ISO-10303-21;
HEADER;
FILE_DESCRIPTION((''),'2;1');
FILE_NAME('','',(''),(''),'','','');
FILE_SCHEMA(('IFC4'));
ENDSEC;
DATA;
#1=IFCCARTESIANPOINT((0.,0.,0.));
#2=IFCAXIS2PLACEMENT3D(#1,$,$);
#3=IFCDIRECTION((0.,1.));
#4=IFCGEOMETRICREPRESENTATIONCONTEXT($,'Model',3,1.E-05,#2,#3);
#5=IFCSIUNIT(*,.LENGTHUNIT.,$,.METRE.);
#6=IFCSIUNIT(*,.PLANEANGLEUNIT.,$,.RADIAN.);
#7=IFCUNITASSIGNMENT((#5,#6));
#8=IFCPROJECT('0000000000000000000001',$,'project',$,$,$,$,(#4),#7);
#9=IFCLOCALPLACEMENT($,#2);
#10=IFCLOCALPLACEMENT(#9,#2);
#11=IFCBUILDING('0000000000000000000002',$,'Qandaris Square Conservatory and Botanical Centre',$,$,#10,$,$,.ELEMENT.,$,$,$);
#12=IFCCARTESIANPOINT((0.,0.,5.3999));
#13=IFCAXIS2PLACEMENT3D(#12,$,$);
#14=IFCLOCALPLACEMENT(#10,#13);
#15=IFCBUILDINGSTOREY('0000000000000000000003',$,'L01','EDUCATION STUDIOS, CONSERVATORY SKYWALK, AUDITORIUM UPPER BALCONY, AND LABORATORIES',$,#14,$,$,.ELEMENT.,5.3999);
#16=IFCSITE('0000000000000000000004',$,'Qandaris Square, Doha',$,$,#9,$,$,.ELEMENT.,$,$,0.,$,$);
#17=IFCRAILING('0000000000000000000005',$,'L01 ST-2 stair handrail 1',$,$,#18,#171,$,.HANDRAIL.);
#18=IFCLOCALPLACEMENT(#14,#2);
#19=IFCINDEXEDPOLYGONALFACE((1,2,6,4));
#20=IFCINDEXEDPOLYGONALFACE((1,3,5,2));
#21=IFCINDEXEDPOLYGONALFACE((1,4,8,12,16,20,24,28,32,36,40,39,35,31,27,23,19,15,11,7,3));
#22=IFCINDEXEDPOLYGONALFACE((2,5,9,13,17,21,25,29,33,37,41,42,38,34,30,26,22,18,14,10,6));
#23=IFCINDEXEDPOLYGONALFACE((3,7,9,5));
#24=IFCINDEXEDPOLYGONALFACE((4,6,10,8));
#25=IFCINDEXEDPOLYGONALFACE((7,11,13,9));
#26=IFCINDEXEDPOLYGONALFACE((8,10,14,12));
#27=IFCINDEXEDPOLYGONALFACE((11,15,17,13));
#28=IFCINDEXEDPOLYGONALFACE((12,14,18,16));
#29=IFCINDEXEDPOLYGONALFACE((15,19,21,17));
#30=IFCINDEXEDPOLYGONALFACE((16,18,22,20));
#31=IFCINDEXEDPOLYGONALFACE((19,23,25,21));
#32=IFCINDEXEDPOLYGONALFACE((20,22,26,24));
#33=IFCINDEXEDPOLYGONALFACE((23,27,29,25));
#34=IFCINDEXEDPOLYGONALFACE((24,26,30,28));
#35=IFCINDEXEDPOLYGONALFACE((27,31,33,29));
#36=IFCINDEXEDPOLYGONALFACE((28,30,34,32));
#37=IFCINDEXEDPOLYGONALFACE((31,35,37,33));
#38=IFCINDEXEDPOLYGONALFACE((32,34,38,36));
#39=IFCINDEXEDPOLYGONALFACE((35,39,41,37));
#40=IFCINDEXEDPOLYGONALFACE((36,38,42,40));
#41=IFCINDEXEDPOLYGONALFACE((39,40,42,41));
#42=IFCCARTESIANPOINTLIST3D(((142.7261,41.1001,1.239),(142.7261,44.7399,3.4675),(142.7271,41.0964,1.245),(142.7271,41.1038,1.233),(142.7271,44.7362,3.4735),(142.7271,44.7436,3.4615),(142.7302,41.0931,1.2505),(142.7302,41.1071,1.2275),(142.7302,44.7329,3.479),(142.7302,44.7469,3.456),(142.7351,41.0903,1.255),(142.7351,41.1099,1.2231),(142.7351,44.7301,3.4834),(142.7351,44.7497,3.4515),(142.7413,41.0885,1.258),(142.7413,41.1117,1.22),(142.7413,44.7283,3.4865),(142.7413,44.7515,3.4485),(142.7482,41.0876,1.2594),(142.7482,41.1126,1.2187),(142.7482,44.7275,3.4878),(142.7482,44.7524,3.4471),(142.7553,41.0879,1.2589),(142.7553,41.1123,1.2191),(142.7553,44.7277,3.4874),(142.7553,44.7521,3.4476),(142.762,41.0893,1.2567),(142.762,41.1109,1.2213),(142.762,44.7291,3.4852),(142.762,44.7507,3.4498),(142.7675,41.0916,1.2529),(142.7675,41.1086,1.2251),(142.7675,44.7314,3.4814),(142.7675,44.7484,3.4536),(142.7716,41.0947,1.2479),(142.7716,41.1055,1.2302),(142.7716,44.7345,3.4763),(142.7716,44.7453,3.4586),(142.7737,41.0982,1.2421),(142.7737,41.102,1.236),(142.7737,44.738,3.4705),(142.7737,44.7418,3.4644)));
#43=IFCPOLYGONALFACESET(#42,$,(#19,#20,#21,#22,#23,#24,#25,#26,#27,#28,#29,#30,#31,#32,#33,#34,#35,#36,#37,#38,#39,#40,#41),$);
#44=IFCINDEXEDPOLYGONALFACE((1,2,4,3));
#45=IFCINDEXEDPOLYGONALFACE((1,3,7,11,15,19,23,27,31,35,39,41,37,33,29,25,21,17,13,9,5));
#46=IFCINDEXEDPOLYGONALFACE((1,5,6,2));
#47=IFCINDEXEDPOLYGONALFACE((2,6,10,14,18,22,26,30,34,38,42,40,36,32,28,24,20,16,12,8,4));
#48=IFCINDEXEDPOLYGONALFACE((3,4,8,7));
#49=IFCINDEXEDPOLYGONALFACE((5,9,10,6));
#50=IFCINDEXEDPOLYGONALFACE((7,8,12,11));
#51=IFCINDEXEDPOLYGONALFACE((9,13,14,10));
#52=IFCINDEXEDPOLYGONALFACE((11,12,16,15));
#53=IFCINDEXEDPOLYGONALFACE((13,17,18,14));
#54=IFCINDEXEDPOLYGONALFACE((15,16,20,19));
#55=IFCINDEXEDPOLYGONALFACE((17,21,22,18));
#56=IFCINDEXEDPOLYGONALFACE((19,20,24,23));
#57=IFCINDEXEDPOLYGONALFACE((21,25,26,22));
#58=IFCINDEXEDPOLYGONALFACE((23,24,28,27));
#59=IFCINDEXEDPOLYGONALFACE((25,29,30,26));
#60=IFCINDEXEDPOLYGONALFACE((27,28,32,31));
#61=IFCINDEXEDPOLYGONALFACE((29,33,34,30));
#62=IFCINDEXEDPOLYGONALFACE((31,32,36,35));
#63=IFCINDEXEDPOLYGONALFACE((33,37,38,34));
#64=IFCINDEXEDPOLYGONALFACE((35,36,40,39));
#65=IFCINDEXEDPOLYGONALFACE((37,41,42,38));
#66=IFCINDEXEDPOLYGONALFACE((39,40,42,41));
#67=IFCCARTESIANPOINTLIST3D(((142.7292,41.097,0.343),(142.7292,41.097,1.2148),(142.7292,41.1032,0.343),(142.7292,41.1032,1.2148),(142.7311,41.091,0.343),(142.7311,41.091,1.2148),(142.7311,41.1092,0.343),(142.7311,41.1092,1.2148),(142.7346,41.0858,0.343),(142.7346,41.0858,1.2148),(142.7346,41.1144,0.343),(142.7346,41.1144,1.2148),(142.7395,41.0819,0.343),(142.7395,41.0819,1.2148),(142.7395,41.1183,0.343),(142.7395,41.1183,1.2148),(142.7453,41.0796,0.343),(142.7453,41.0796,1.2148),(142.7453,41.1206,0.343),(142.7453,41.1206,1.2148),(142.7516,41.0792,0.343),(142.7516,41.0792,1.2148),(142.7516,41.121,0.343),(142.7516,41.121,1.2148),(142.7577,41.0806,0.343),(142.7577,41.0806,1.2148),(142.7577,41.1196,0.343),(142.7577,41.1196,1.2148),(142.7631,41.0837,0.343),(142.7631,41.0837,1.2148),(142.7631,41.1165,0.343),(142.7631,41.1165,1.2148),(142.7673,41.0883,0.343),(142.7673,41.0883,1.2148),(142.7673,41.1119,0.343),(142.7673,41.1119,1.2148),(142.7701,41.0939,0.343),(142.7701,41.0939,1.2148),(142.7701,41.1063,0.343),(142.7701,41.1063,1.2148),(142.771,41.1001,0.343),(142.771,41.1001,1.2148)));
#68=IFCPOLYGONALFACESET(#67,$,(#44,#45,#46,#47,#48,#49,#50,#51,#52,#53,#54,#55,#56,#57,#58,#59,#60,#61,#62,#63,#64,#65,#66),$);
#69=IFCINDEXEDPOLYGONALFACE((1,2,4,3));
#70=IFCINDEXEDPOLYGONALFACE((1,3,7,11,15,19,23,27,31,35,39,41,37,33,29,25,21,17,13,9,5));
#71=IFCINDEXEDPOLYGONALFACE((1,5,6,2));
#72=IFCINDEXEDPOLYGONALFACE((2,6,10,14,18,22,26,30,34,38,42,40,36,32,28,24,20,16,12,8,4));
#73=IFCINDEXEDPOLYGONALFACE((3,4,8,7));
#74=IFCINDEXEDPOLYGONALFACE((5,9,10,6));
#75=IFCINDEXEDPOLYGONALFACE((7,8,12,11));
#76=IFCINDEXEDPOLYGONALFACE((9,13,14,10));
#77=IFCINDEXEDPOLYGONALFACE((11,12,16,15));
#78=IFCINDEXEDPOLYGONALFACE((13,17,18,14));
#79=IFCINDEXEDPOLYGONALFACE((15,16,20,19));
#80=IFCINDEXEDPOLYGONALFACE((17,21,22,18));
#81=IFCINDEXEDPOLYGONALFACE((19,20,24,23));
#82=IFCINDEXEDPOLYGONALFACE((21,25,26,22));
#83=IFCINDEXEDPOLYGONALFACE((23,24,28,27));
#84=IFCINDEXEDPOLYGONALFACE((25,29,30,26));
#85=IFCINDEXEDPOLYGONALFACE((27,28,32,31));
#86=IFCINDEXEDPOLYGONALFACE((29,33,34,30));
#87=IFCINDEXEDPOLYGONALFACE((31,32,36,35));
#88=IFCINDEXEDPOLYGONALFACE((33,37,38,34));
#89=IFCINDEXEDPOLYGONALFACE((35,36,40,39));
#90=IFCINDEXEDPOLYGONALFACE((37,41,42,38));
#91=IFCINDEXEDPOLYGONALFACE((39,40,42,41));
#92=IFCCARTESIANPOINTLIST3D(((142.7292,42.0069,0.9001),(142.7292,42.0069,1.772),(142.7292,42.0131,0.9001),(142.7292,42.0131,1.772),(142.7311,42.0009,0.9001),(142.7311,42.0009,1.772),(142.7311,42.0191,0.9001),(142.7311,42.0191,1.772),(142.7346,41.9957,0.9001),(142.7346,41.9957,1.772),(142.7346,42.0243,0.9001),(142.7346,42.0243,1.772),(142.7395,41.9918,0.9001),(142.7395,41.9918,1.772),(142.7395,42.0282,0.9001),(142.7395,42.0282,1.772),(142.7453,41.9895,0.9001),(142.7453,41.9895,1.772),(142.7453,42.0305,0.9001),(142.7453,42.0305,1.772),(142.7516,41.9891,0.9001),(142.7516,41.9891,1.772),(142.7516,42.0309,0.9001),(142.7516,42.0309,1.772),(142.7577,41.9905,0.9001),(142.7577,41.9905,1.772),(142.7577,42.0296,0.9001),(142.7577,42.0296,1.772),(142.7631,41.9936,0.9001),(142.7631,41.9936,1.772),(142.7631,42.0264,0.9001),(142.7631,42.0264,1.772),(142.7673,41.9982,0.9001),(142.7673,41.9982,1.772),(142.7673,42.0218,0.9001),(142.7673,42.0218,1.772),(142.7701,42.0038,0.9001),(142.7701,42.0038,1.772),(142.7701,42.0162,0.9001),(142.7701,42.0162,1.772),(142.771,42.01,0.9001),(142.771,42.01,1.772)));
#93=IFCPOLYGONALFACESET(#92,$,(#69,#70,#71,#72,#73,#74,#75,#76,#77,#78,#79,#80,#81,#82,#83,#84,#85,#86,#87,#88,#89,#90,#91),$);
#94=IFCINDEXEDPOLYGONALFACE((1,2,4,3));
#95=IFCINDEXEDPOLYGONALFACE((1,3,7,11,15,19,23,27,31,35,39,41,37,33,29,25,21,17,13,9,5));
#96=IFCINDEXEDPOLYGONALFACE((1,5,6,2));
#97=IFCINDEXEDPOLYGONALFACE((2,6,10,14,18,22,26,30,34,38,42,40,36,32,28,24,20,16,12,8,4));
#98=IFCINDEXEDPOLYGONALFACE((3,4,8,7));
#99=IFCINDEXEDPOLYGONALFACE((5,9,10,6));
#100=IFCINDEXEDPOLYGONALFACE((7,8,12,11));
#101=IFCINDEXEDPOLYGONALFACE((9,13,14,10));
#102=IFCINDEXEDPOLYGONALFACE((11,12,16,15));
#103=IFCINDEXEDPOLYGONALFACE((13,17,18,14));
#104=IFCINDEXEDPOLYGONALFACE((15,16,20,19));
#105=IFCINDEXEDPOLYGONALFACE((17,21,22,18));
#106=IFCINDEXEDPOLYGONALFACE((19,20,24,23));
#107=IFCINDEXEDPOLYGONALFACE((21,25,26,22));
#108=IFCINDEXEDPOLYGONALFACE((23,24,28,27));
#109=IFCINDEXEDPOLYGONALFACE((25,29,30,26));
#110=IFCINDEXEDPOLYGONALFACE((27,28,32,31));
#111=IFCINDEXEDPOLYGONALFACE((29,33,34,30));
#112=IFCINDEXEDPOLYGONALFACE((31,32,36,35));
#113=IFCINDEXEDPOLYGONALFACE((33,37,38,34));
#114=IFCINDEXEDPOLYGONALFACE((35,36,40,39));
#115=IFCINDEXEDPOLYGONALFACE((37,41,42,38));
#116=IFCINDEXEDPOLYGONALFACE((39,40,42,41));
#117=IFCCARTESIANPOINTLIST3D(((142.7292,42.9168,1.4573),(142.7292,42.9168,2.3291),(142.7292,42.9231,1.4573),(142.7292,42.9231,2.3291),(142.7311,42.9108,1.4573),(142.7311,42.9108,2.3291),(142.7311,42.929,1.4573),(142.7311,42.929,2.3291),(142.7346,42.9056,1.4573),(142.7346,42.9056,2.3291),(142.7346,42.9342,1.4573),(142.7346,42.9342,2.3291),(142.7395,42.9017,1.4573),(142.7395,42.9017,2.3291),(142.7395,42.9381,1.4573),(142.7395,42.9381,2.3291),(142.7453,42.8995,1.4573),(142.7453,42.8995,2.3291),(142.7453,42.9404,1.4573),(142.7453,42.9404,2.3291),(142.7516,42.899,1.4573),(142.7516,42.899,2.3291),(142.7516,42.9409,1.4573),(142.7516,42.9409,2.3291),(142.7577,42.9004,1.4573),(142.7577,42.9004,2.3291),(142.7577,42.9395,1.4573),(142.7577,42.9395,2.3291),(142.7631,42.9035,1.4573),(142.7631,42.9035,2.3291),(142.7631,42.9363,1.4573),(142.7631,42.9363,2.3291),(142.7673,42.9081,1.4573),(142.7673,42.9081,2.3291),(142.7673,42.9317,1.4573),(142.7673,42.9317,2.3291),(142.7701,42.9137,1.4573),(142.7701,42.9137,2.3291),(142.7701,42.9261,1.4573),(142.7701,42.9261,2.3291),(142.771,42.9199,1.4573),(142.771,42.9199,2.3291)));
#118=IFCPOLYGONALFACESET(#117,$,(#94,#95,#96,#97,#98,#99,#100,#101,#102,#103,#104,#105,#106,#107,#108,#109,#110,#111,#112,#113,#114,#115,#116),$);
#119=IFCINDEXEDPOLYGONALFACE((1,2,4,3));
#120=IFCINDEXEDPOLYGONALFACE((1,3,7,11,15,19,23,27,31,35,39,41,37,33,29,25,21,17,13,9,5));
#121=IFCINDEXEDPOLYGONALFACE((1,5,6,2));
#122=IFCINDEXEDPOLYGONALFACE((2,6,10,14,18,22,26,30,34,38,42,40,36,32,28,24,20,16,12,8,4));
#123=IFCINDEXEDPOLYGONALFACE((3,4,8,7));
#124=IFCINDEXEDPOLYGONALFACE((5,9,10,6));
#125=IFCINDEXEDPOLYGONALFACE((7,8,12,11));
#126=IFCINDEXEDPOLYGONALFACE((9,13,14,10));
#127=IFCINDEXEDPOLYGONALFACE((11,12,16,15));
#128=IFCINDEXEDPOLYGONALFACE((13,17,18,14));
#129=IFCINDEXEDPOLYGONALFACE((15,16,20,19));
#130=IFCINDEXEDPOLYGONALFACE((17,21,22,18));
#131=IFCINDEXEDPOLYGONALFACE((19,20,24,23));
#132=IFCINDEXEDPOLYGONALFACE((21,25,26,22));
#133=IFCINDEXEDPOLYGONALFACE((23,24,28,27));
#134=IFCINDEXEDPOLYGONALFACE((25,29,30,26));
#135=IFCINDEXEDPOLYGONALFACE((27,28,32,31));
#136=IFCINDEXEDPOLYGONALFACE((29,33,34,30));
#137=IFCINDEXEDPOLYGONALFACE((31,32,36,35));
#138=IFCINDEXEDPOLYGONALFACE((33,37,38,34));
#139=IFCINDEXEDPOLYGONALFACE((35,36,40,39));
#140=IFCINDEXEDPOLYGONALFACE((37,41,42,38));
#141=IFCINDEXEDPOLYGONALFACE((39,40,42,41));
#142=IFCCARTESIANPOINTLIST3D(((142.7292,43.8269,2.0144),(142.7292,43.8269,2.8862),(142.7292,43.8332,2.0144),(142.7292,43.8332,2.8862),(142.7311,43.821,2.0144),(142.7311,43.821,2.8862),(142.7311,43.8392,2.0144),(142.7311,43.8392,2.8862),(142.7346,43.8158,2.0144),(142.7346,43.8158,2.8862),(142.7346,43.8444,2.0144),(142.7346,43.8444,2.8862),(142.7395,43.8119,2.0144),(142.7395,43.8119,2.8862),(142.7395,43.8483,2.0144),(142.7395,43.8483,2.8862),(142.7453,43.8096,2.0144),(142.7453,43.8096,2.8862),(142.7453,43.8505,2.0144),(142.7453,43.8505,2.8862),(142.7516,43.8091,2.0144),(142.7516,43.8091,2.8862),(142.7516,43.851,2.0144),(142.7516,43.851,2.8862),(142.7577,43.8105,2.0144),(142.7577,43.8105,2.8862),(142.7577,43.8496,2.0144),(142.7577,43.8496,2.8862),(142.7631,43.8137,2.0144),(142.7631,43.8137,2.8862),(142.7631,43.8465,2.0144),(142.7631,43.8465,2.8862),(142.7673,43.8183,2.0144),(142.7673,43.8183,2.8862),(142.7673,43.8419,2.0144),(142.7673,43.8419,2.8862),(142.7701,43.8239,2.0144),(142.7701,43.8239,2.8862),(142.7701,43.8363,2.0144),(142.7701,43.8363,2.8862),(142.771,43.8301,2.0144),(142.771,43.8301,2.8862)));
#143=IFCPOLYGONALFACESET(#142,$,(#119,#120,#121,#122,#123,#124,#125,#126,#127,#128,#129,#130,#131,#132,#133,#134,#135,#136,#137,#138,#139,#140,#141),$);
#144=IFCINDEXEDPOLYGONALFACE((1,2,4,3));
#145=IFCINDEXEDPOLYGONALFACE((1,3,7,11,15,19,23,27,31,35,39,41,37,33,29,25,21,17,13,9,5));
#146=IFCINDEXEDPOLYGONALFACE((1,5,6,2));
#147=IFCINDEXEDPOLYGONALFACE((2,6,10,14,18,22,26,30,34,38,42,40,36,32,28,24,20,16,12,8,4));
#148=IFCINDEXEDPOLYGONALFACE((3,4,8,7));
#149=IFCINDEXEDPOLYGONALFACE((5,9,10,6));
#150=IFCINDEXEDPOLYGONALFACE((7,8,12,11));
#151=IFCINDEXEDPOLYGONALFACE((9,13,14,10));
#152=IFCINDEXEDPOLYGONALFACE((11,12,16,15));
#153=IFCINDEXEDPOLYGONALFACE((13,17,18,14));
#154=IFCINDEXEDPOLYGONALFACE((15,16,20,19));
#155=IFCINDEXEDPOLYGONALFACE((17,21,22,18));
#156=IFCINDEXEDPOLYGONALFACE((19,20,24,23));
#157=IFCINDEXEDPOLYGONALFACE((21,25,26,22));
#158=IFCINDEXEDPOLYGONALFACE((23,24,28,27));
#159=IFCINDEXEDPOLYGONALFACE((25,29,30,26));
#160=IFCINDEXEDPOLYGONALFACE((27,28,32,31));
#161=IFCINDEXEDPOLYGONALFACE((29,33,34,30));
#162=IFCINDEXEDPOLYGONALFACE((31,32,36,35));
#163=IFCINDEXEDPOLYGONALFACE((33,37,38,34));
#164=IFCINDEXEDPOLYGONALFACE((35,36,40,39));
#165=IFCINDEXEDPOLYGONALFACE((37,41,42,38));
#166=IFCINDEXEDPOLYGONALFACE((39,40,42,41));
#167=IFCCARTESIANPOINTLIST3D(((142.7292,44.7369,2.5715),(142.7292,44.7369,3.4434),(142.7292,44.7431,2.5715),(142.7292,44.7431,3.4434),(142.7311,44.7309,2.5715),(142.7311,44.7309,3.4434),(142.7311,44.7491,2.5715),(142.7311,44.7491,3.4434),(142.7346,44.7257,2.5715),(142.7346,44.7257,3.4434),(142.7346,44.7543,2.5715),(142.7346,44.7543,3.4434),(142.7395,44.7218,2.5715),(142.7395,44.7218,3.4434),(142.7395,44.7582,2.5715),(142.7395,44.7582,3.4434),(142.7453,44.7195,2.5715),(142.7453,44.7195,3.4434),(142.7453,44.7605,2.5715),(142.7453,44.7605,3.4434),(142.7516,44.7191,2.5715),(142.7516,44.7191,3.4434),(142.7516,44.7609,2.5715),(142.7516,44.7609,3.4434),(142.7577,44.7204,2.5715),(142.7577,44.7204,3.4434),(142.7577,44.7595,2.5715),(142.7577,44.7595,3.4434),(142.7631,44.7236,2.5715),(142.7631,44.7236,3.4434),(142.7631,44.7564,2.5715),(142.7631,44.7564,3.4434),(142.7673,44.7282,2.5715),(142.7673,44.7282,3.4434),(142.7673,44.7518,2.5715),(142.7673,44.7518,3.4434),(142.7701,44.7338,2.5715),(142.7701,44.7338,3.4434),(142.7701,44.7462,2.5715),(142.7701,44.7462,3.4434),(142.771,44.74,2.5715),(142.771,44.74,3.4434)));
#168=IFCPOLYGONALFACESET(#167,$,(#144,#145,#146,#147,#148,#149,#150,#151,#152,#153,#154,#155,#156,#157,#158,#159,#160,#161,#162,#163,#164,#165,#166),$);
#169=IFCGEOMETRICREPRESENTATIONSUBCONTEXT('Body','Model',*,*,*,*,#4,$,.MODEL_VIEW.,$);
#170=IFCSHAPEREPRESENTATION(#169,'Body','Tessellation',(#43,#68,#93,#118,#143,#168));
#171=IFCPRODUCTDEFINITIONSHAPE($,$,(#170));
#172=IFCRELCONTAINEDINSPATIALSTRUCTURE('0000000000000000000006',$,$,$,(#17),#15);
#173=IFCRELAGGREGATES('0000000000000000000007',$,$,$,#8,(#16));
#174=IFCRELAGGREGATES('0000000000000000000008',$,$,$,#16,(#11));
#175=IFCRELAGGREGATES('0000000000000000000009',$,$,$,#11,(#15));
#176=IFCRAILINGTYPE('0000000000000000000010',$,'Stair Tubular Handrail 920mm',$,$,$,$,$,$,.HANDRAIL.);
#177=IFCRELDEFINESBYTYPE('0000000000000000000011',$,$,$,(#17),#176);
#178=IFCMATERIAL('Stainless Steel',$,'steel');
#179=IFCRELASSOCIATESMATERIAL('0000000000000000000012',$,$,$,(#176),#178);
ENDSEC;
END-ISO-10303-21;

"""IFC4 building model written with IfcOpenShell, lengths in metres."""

from ifc_helpers import new_model, si_unit, direction, frame, origin, origin_2d, place, context, subcontext, project, spatial, circle, extrude, material, type_object, element, save


model = new_model("IFC4")

# Units and contexts
model_context = context("Model", 3, precision=1e-05, world=origin(), true_north=direction((0.0, 1.0)))
body_context = subcontext(model_context, "Body", "Model", "MODEL_VIEW")
ifc_project = project(units=[si_unit("LENGTHUNIT", "METRE"), si_unit("PLANEANGLEUNIT", "RADIAN")], contexts=[model_context])

# Site, building, storey
site_placement = place(None, origin())
site = spatial("IfcSite", under=ifc_project, at=site_placement, Name="Qandaris Square, Doha", CompositionType="ELEMENT", RefElevation=0.0)
building_placement = place(site_placement, origin())
building = spatial("IfcBuilding", under=site, at=building_placement, Name="Qandaris Square Conservatory and Botanical Centre", CompositionType="ELEMENT")
storey_placement = place(building_placement, frame((0.0, 0.0, 5.3999)))
storey = spatial("IfcBuildingStorey", under=building, at=storey_placement, Name="L01", Description="EDUCATION STUDIOS, CONSERVATORY SKYWALK, AUDITORIUM UPPER BALCONY, AND LABORATORIES", CompositionType="ELEMENT", Elevation=5.3999)

# Railing
ifc_material_1 = material(Name="Stainless Steel", Category="steel")
railing_type_1 = type_object("IfcRailingType", Name="Stair Tubular Handrail 920mm", PredefinedType="HANDRAIL", material=ifc_material_1)
railing_1_placement = place(storey_placement, frame((142.75, 41.1001, 0.343)))
element("IfcRailing", 1, at=railing_1_placement, inside=storey, type_object=railing_type_1, Name="L01 ST-2 stair handrail 1", PredefinedType="HANDRAIL", context=body_context, shape_type="SweptSolid", body=[
    extrude(circle(Radius=0.0239, at=origin_2d()), frame((0.0, 0.0, 0.896), z_axis=(0.0, 0.85285, 0.522156), x_axis=(-1.0, 0.0, 0.0)), (0.0, 0.0, 1.0), 4.2678),
    extrude(circle(Radius=0.021, at=origin_2d()), origin(), (0.0, 0.0, 1.0), 0.8718),
    extrude(circle(Radius=0.021, at=origin_2d()), frame((0.0, 0.9099, 0.5571)), (0.0, 0.0, 1.0), 0.8718),
    extrude(circle(Radius=0.021, at=origin_2d()), frame((0.0, 1.8198, 1.1143)), (0.0, 0.0, 1.0), 0.8718),
    extrude(circle(Radius=0.021, at=origin_2d()), frame((0.0, 2.73, 1.6714)), (0.0, 0.0, 1.0), 0.8718),
    extrude(circle(Radius=0.021, at=origin_2d()), frame((0.0, 3.6399, 2.2285)), (0.0, 0.0, 1.0), 0.8718),
])

save(model, "model.ifc")
